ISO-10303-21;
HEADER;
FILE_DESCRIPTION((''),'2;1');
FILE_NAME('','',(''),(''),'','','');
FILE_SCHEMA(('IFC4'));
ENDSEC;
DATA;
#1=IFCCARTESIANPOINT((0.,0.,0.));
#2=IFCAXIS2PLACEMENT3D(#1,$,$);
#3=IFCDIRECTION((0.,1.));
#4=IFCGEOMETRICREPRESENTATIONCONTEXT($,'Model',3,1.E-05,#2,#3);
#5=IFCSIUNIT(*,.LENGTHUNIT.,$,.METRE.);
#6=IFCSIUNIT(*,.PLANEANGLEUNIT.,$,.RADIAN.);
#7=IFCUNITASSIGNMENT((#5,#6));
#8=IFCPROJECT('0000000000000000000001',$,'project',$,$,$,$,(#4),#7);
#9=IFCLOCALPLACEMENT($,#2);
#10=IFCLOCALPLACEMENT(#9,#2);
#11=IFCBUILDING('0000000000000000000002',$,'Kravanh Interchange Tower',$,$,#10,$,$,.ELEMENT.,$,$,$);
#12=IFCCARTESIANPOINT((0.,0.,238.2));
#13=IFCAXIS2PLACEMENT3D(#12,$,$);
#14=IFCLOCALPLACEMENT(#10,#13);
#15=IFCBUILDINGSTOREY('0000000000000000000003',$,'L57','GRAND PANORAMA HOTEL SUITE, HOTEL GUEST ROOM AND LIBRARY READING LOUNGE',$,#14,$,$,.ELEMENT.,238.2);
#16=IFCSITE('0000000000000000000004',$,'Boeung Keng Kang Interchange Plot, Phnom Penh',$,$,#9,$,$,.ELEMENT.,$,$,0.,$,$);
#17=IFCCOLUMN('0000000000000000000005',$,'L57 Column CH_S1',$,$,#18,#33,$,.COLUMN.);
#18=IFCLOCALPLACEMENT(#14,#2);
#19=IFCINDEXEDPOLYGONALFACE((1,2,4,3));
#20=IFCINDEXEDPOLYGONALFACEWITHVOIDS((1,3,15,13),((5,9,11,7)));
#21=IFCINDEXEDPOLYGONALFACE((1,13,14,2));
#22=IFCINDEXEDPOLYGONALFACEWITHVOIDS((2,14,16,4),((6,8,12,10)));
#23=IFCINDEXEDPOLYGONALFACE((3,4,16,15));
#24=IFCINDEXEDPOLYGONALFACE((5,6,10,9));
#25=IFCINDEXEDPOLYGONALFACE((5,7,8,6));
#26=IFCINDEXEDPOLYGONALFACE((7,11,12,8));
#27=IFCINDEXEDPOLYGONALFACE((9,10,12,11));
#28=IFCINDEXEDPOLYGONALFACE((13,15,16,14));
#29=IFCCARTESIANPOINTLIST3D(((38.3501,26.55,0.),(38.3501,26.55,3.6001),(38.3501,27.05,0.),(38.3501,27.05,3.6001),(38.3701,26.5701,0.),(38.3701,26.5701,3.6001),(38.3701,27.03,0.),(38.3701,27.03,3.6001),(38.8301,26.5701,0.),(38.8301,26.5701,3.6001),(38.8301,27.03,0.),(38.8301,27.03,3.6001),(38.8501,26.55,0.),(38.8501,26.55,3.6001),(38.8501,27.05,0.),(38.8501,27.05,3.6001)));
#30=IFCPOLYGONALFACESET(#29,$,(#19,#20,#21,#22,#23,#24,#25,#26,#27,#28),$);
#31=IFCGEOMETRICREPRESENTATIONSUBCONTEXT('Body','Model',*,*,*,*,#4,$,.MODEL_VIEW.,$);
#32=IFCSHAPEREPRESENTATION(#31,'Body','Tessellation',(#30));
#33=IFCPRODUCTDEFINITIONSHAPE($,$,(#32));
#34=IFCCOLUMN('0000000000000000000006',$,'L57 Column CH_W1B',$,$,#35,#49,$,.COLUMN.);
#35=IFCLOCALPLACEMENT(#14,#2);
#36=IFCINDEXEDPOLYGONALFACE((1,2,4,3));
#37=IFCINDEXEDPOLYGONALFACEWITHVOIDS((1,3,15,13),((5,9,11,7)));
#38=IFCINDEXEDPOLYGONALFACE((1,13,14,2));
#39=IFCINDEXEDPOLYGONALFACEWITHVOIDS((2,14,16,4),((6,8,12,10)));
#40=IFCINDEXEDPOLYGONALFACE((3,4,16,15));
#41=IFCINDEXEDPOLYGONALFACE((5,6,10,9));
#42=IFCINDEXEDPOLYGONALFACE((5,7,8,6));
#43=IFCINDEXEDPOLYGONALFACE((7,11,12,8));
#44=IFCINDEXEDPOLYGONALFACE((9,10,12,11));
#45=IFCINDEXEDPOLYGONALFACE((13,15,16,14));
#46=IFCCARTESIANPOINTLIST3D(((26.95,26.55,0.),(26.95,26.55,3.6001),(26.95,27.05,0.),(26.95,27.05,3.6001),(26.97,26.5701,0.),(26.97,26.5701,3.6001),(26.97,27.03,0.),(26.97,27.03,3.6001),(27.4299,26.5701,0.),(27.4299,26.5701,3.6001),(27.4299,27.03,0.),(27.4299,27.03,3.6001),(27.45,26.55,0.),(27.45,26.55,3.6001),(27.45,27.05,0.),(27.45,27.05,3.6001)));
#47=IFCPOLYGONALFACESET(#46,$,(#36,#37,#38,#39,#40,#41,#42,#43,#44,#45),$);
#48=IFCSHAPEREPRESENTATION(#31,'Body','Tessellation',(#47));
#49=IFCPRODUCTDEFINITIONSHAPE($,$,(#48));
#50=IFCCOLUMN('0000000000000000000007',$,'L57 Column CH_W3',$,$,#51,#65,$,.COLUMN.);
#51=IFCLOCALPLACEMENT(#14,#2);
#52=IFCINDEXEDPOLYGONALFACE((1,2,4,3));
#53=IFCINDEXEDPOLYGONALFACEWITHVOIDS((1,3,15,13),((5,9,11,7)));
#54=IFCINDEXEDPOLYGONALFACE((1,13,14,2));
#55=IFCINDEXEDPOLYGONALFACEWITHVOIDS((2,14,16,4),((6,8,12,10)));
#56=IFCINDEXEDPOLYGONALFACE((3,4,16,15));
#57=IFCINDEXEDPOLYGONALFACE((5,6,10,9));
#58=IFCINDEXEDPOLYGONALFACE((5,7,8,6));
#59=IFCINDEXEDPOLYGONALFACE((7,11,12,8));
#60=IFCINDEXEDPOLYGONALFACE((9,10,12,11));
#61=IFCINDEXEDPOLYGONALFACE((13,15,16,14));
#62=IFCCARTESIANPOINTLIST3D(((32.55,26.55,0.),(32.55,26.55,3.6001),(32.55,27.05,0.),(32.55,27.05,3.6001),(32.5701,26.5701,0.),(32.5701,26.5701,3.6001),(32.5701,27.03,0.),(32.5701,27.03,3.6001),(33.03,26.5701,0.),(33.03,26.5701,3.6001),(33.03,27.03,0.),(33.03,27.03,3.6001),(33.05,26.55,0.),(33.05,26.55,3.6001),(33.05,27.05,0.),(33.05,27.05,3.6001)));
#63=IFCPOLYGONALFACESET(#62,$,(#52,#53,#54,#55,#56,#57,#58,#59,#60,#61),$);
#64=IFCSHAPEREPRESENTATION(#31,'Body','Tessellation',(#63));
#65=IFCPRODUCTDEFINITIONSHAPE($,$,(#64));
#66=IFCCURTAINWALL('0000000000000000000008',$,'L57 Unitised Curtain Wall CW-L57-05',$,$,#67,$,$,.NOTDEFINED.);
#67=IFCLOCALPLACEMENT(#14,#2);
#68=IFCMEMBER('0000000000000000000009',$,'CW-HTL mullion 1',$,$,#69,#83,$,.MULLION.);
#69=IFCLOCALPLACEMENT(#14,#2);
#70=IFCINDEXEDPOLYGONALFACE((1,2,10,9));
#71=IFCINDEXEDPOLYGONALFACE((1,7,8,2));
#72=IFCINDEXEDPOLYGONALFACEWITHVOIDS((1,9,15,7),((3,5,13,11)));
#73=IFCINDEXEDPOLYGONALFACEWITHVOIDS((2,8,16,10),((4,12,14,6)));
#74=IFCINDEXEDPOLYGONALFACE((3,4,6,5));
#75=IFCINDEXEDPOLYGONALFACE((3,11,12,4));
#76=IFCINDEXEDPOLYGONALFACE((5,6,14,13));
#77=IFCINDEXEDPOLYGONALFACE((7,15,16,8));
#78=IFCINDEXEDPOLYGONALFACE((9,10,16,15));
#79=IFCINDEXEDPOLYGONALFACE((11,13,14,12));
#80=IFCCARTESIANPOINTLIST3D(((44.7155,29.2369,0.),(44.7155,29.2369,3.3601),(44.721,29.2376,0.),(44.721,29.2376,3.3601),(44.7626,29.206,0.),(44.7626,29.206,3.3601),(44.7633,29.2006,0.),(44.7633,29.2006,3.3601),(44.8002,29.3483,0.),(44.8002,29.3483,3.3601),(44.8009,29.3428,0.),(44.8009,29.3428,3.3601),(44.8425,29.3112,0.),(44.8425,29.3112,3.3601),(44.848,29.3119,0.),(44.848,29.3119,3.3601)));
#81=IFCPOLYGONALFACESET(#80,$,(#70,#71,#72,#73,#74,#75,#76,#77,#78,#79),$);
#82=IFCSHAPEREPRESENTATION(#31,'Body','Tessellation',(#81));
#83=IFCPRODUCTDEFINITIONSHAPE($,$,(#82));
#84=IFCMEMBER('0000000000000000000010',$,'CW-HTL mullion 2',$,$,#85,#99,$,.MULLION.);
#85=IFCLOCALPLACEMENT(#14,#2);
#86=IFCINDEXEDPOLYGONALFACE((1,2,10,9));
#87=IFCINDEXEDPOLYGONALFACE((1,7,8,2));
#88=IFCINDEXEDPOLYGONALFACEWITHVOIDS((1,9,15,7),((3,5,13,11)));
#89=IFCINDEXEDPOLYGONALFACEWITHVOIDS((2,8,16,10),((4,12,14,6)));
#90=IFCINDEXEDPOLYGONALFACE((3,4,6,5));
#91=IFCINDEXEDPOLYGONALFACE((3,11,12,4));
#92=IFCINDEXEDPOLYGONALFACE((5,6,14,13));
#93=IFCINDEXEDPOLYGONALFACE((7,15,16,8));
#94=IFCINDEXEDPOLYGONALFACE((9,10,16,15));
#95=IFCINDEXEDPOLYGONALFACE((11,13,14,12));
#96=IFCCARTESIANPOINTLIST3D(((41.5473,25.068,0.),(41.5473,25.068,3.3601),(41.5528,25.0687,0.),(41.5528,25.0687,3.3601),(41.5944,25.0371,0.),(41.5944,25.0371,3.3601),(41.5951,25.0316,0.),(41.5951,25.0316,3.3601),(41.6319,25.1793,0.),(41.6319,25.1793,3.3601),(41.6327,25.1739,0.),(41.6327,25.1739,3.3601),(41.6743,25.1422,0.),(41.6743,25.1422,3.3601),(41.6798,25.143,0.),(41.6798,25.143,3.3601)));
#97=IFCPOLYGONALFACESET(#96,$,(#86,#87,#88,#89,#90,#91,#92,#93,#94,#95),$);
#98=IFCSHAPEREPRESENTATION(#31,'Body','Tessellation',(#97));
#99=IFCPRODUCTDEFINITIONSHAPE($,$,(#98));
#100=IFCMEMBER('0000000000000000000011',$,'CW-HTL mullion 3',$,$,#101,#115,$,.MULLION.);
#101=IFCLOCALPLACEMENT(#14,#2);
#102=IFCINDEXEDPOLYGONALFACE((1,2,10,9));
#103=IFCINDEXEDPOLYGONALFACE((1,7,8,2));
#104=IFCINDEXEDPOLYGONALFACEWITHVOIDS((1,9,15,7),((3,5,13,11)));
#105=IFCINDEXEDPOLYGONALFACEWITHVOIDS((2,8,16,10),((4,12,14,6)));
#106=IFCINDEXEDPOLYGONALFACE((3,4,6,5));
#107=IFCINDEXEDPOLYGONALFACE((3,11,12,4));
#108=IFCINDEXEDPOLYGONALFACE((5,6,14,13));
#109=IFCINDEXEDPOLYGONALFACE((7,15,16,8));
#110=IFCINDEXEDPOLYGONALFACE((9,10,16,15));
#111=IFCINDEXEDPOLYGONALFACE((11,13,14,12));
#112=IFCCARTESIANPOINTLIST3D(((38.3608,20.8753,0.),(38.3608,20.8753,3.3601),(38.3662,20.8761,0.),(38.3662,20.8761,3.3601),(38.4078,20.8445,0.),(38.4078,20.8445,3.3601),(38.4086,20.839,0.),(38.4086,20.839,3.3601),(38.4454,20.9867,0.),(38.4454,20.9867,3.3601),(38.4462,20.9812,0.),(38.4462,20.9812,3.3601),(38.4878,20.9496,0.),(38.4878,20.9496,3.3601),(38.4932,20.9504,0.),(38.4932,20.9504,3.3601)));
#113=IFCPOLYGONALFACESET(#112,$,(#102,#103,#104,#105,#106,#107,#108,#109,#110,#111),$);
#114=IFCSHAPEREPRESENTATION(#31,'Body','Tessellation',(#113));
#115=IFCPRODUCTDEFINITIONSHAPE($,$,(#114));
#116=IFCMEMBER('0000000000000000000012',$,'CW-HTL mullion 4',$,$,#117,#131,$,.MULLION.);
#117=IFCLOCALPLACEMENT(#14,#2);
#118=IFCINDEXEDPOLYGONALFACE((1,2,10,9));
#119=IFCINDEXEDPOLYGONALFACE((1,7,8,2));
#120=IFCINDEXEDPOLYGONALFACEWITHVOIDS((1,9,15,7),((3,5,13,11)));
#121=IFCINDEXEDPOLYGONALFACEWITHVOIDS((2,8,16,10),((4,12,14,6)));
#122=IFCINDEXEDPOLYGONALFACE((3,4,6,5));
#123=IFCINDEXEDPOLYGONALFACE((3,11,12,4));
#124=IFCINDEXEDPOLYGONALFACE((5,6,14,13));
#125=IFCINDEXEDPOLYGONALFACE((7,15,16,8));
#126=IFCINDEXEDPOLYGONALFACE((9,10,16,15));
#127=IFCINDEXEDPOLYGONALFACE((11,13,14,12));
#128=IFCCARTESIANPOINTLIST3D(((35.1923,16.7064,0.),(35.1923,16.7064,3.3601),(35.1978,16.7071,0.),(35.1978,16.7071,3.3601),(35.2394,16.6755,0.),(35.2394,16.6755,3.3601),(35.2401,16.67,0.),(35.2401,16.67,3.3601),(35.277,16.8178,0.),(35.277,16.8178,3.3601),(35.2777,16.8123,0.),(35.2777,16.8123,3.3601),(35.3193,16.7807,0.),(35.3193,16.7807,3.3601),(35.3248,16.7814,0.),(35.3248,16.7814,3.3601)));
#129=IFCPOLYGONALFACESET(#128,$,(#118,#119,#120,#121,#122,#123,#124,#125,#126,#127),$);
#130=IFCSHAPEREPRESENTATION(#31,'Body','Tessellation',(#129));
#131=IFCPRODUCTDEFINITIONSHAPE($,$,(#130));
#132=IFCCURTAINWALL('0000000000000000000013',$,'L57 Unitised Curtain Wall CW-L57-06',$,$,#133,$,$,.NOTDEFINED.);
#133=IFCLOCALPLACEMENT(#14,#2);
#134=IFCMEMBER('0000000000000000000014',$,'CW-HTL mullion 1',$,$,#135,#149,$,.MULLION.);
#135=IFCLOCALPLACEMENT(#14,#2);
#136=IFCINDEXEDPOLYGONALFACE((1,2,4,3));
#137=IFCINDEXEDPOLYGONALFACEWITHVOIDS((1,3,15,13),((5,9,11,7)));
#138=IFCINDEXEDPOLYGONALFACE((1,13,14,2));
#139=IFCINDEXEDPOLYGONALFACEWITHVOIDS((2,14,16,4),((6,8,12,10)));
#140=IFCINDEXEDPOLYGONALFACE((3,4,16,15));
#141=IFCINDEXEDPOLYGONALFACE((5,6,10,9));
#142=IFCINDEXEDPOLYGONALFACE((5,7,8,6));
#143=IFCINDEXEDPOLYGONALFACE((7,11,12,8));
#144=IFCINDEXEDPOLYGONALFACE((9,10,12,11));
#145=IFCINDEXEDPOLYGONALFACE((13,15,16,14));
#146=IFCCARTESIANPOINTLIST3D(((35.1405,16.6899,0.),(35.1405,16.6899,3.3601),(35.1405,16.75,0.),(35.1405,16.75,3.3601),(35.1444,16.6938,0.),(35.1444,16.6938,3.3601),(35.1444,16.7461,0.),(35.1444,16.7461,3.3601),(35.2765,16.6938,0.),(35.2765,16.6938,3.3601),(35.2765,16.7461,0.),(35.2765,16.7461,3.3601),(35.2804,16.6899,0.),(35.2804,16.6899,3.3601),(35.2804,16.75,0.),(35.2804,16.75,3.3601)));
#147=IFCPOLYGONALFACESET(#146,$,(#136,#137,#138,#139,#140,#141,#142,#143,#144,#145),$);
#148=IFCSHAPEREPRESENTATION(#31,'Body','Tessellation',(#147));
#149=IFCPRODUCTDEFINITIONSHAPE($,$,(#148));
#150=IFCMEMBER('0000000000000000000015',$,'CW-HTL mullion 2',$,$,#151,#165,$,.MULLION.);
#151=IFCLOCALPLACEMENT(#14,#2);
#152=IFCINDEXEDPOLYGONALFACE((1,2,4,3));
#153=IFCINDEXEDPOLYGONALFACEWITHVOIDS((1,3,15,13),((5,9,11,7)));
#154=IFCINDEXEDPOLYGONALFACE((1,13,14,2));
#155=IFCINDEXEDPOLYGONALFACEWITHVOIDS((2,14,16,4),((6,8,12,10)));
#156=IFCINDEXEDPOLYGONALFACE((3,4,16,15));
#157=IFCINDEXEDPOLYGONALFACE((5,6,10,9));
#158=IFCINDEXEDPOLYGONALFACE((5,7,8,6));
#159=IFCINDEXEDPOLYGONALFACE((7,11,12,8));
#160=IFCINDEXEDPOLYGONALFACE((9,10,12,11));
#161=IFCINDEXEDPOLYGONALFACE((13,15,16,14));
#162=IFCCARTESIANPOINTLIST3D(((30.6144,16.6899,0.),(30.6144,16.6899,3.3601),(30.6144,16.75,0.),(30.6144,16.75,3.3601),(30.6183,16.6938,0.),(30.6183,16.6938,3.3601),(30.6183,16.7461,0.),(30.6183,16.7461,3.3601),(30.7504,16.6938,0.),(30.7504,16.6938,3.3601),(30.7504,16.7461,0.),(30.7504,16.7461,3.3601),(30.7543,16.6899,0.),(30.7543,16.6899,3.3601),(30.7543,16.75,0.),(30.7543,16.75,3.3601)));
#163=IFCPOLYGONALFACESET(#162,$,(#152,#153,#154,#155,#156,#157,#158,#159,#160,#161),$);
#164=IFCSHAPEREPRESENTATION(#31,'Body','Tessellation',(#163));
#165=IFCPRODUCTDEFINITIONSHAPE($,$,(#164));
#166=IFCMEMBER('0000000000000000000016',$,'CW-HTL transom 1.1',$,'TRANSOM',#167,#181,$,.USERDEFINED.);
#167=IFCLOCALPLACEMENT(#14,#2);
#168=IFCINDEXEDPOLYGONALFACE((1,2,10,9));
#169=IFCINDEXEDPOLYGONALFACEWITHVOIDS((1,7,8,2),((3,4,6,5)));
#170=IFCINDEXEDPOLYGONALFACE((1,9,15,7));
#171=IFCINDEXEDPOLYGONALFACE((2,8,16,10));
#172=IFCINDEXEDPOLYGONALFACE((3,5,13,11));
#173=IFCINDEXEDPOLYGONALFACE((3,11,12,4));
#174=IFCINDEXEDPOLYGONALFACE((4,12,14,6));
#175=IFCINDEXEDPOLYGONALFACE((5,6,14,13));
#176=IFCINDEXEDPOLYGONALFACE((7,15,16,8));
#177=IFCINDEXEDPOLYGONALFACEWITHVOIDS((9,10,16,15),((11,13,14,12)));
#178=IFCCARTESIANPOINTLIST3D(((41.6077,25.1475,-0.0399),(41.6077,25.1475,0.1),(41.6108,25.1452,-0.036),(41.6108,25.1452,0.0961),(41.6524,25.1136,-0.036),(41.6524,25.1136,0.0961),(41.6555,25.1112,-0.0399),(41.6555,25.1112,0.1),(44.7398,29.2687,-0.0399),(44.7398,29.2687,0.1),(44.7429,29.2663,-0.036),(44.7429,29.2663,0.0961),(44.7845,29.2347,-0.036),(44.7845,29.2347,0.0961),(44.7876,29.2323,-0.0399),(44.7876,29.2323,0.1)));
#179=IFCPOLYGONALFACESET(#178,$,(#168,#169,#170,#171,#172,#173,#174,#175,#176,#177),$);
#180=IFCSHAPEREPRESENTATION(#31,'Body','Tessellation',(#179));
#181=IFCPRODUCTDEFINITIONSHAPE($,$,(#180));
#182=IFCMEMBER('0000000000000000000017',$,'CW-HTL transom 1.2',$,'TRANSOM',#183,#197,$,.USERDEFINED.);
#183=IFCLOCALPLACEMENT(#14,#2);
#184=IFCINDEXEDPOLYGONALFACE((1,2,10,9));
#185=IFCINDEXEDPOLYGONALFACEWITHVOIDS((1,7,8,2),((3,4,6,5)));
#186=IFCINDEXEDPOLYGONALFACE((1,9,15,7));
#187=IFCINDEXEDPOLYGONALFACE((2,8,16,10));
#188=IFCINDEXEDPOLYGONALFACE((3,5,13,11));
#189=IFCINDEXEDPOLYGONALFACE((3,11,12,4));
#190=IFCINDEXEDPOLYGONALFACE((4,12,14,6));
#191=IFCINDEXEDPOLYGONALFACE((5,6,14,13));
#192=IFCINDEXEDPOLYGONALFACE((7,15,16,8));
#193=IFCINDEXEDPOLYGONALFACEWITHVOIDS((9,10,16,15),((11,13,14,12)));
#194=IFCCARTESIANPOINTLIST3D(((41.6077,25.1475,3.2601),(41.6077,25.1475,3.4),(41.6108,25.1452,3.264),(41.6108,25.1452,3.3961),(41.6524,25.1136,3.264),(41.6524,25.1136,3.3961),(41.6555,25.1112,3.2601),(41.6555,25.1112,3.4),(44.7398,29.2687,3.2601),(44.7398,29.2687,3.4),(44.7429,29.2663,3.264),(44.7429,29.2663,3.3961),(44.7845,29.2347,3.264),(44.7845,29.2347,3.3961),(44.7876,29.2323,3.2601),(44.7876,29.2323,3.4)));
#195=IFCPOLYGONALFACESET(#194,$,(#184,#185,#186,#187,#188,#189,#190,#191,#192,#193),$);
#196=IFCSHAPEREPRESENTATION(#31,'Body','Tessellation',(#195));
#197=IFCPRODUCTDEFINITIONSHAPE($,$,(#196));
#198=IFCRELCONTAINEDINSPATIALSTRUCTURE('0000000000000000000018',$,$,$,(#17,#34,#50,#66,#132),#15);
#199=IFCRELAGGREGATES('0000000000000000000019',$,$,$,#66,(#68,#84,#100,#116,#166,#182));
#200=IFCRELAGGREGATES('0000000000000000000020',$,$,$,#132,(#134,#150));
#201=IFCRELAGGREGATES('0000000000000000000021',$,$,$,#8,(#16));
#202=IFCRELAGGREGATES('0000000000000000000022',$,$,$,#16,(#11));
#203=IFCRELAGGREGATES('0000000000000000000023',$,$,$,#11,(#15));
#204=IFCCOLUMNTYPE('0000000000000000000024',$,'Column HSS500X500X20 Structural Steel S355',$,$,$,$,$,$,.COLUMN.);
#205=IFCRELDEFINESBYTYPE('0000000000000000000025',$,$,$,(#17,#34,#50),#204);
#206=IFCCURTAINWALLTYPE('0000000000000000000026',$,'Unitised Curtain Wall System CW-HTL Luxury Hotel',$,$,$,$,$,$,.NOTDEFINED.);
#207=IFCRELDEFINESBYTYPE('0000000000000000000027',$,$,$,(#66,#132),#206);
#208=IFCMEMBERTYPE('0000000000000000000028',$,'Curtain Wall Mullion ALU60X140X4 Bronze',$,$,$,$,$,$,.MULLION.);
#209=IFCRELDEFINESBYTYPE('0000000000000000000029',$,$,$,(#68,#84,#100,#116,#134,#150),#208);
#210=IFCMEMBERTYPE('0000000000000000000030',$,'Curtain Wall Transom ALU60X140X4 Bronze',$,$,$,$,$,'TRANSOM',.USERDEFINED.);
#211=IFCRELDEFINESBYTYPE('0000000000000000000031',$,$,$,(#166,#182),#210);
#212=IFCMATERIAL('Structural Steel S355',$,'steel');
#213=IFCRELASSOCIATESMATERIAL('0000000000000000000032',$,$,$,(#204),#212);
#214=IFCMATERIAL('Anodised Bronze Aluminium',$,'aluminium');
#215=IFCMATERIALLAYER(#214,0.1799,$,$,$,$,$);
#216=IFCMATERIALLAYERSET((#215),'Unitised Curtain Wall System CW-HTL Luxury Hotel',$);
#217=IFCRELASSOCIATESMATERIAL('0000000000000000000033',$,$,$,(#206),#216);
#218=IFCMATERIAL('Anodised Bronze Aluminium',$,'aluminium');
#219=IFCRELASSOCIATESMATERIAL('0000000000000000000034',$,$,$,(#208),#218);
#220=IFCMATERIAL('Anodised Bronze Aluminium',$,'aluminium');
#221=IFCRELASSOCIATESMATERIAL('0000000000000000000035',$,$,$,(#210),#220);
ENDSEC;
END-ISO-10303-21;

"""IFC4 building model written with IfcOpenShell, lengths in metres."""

from ifc_helpers import new_model, si_unit, direction, frame, origin, origin_2d, place, context, subcontext, project, spatial, hollow_rectangle, extrude, material, layer, layer_set, material_profile, profile_set, type_object, element, aggregate, save


model = new_model("IFC4")

# Units and contexts
model_context = context("Model", 3, precision=1e-05, world=origin(), true_north=direction((0.0, 1.0)))
body_context = subcontext(model_context, "Body", "Model", "MODEL_VIEW")
ifc_project = project(units=[si_unit("LENGTHUNIT", "METRE"), si_unit("PLANEANGLEUNIT", "RADIAN")], contexts=[model_context])

# Site, building, storey
site_placement = place(None, origin())
site = spatial("IfcSite", under=ifc_project, at=site_placement, Name="Boeung Keng Kang Interchange Plot, Phnom Penh", CompositionType="ELEMENT", RefElevation=0.0)
building_placement = place(site_placement, origin())
building = spatial("IfcBuilding", under=site, at=building_placement, Name="Kravanh Interchange Tower", CompositionType="ELEMENT")
storey_placement = place(building_placement, frame((0.0, 0.0, 238.2)))
storey = spatial("IfcBuildingStorey", under=building, at=storey_placement, Name="L57", Description="GRAND PANORAMA HOTEL SUITE, HOTEL GUEST ROOM AND LIBRARY READING LOUNGE", CompositionType="ELEMENT", Elevation=238.2)

# Columns
ifc_material_1 = material(Name="Structural Steel S355", Category="steel")
ifc_material_profile_1 = material_profile(ifc_material_1, hollow_rectangle(XDim=0.5, YDim=0.5, WallThickness=0.02, at=origin_2d()), Name="HSS500X500X20")
ifc_profile_set_1 = profile_set([ifc_material_profile_1], Name="Structural Steel S355")
column_type = type_object("IfcColumnType", Name="Column HSS500X500X20 Structural Steel S355", PredefinedType="COLUMN", material=ifc_profile_set_1)
for number, where, z_axis, x_axis, name in (
    (1, (38.6001, 26.8, 0.0), (0.0, 0.0, 1.0), (1.0, 0.0, 0.0), "L57 Column CH_S1"),
    (2, (27.2, 26.8, 0.0), (0.0, 0.0, 1.0), (1.0, 0.0, 0.0), "L57 Column CH_W1B"),
    (3, (32.8, 26.8, 0.0), (0.0, 0.0, 1.0), (1.0, 0.0, 0.0), "L57 Column CH_W3"),
):
    element("IfcColumn", number, at=place(storey_placement, frame(where, z_axis=z_axis, x_axis=x_axis)), inside=storey, type_object=column_type, Name=name, PredefinedType="COLUMN", context=body_context, shape_type="SweptSolid", body=[
        extrude(hollow_rectangle(XDim=0.5, YDim=0.5, WallThickness=0.02, at=origin_2d()), origin(), (0.0, 0.0, 1.0), 3.6001),
    ])

# Curtain walls, members
ifc_material_2 = material(Name="Anodised Bronze Aluminium", Category="aluminium")
ifc_layer_1 = layer(ifc_material_2, 0.1799)
ifc_layer_set_1 = layer_set([ifc_layer_1], Name="Unitised Curtain Wall System CW-HTL Luxury Hotel")
curtain_wall_type = type_object("IfcCurtainWallType", Name="Unitised Curtain Wall System CW-HTL Luxury Hotel", PredefinedType="NOTDEFINED", material=ifc_layer_set_1)
curtain_wall_1_placement = place(storey_placement, origin())
curtain_wall_1 = element("IfcCurtainWall", 4, at=curtain_wall_1_placement, inside=storey, type_object=curtain_wall_type, Name="L57 Unitised Curtain Wall CW-L57-05", PredefinedType="NOTDEFINED")
ifc_material_3 = material(Name="Anodised Bronze Aluminium", Category="aluminium")
ifc_material_profile_2 = material_profile(ifc_material_3, hollow_rectangle(XDim=0.0601, YDim=0.1399, WallThickness=0.0039, at=origin_2d()), Name="ALU60X140X4")
ifc_profile_set_2 = profile_set([ifc_material_profile_2], Name="Anodised Bronze Aluminium")
member_type_1 = type_object("IfcMemberType", Name="Curtain Wall Mullion ALU60X140X4 Bronze", PredefinedType="MULLION", material=ifc_profile_set_2)
member_1_placement = place(storey_placement, frame((44.7817, 29.2744, 0.0), z_axis=(0.0, 0.0, 1.0), x_axis=(0.796162, -0.605083, 0.0)))
member_1 = element("IfcMember", 5, at=member_1_placement, type_object=member_type_1, Name="CW-HTL mullion 1", PredefinedType="MULLION", context=body_context, shape_type="SweptSolid", body=[
    extrude(hollow_rectangle(XDim=0.0601, YDim=0.1399, WallThickness=0.0039, at=origin_2d()), origin(), (0.0, 0.0, 1.0), 3.3601),
])
member_2_placement = place(storey_placement, frame((41.6135, 25.1055, 0.0), z_axis=(0.0, 0.0, 1.0), x_axis=(0.796162, -0.605083, 0.0)))
member_2 = element("IfcMember", 6, at=member_2_placement, type_object=member_type_1, Name="CW-HTL mullion 2", PredefinedType="MULLION", context=body_context, shape_type="SweptSolid", body=[
    extrude(hollow_rectangle(XDim=0.0601, YDim=0.1399, WallThickness=0.0039, at=origin_2d()), origin(), (0.0, 0.0, 1.0), 3.3601),
])
member_3_placement = place(storey_placement, frame((38.427, 20.9128, 0.0), z_axis=(0.0, 0.0, 1.0), x_axis=(0.796162, -0.605083, 0.0)))
member_3 = element("IfcMember", 7, at=member_3_placement, type_object=member_type_1, Name="CW-HTL mullion 3", PredefinedType="MULLION", context=body_context, shape_type="SweptSolid", body=[
    extrude(hollow_rectangle(XDim=0.0601, YDim=0.1399, WallThickness=0.0039, at=origin_2d()), origin(), (0.0, 0.0, 1.0), 3.3601),
])
member_4_placement = place(storey_placement, frame((35.2585, 16.7439, 0.0), z_axis=(0.0, 0.0, 1.0), x_axis=(0.796162, -0.605083, 0.0)))
member_4 = element("IfcMember", 8, at=member_4_placement, type_object=member_type_1, Name="CW-HTL mullion 4", PredefinedType="MULLION", context=body_context, shape_type="SweptSolid", body=[
    extrude(hollow_rectangle(XDim=0.0601, YDim=0.1399, WallThickness=0.0039, at=origin_2d()), origin(), (0.0, 0.0, 1.0), 3.3601),
])
curtain_wall_2_placement = place(storey_placement, origin())
curtain_wall_2 = element("IfcCurtainWall", 9, at=curtain_wall_2_placement, inside=storey, type_object=curtain_wall_type, Name="L57 Unitised Curtain Wall CW-L57-06", PredefinedType="NOTDEFINED")
member_5_placement = place(storey_placement, frame((35.2104, 16.72, 0.0), z_axis=(0.0, 0.0, 1.0), x_axis=(0.0, -1.0, 0.0)))
member_5 = element("IfcMember", 10, at=member_5_placement, type_object=member_type_1, Name="CW-HTL mullion 1", PredefinedType="MULLION", context=body_context, shape_type="SweptSolid", body=[
    extrude(hollow_rectangle(XDim=0.0601, YDim=0.1399, WallThickness=0.0039, at=origin_2d()), origin(), (0.0, 0.0, 1.0), 3.3601),
])
member_6_placement = place(storey_placement, frame((30.6843, 16.72, 0.0), z_axis=(0.0, 0.0, 1.0), x_axis=(0.0, -1.0, 0.0)))
member_6 = element("IfcMember", 11, at=member_6_placement, type_object=member_type_1, Name="CW-HTL mullion 2", PredefinedType="MULLION", context=body_context, shape_type="SweptSolid", body=[
    extrude(hollow_rectangle(XDim=0.0601, YDim=0.1399, WallThickness=0.0039, at=origin_2d()), origin(), (0.0, 0.0, 1.0), 3.3601),
])

# Members
ifc_material_4 = material(Name="Anodised Bronze Aluminium", Category="aluminium")
ifc_material_profile_3 = material_profile(ifc_material_4, hollow_rectangle(XDim=0.0601, YDim=0.1399, WallThickness=0.0039, at=origin_2d()), Name="ALU60X140X4")
ifc_profile_set_3 = profile_set([ifc_material_profile_3], Name="Anodised Bronze Aluminium")
member_type_2 = type_object("IfcMemberType", Name="Curtain Wall Transom ALU60X140X4 Bronze", ElementType="TRANSOM", PredefinedType="USERDEFINED", material=ifc_profile_set_3)
member_7_placement = place(storey_placement, frame((44.7637, 29.2505, 0.03), z_axis=(-0.605089, -0.796158, 0.0), x_axis=(0.796158, -0.605089, 0.0)))
member_7 = element("IfcMember", 12, at=member_7_placement, type_object=member_type_2, Name="CW-HTL transom 1.1", ObjectType="TRANSOM", PredefinedType="USERDEFINED", context=body_context, shape_type="SweptSolid", body=[
    extrude(hollow_rectangle(XDim=0.0601, YDim=0.1399, WallThickness=0.0039, at=origin_2d()), origin(), (0.0, 0.0, 1.0), 5.1763),
])
member_8_placement = place(storey_placement, frame((44.7637, 29.2505, 3.3301), z_axis=(-0.605089, -0.796158, 0.0), x_axis=(0.796158, -0.605089, 0.0)))
member_8 = element("IfcMember", 13, at=member_8_placement, type_object=member_type_2, Name="CW-HTL transom 1.2", ObjectType="TRANSOM", PredefinedType="USERDEFINED", context=body_context, shape_type="SweptSolid", body=[
    extrude(hollow_rectangle(XDim=0.0601, YDim=0.1399, WallThickness=0.0039, at=origin_2d()), origin(), (0.0, 0.0, 1.0), 5.1763),
])

aggregate(curtain_wall_1, [member_1, member_2, member_3, member_4, member_7, member_8])
aggregate(curtain_wall_2, [member_5, member_6])

save(model, "model.ifc")
